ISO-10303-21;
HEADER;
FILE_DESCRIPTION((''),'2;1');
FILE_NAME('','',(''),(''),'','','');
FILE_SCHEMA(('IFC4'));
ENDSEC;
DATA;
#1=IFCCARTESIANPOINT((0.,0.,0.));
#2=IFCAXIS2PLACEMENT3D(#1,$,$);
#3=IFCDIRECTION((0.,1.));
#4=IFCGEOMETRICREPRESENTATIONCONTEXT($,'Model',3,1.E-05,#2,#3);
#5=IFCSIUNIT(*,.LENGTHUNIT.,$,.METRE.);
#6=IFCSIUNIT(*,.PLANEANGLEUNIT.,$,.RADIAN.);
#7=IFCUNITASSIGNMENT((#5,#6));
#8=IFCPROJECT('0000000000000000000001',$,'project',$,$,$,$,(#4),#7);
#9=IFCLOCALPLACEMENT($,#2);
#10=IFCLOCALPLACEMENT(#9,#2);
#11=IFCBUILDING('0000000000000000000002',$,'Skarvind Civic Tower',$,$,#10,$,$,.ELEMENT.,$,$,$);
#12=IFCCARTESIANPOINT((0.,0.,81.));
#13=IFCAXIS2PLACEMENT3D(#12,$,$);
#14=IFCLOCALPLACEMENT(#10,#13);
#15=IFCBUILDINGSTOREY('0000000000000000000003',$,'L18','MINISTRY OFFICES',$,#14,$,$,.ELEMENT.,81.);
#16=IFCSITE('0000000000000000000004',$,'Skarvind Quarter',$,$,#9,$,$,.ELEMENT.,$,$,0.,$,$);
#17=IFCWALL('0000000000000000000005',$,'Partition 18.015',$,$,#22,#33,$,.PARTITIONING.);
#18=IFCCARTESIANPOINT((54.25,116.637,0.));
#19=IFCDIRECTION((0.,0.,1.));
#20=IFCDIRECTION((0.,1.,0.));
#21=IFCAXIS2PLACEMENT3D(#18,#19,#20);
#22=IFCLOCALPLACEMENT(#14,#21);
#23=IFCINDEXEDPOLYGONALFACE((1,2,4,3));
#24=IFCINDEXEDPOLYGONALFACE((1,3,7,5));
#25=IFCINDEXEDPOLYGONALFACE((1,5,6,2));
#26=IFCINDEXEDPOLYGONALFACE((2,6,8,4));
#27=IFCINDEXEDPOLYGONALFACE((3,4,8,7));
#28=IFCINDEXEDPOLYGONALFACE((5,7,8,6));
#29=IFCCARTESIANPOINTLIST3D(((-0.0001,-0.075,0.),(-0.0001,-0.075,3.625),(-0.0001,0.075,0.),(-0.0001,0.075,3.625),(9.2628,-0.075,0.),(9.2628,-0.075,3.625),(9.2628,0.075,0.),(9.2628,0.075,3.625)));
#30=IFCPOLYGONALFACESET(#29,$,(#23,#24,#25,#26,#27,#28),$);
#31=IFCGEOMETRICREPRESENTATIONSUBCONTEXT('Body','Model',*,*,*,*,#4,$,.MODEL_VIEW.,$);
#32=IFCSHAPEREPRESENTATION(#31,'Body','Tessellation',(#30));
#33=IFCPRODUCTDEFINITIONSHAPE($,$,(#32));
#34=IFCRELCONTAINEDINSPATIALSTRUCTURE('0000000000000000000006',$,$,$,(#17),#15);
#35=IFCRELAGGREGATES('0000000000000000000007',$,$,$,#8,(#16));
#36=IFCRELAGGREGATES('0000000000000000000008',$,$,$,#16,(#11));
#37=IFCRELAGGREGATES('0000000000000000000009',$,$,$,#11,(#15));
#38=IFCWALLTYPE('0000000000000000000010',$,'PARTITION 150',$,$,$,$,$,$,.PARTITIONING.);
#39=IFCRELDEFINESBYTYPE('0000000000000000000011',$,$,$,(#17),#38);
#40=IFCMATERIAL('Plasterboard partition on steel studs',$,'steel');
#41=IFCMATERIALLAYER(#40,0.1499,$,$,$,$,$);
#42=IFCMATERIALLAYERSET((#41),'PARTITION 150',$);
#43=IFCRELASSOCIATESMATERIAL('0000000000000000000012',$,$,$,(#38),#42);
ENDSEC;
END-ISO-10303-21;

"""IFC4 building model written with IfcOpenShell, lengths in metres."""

from ifc_helpers import new_model, si_unit, direction, frame, frame_2d, origin, place, context, subcontext, project, spatial, rectangle, extrude, material, layer, layer_set, type_object, element, save


model = new_model("IFC4")

# Units and contexts
model_context = context("Model", 3, precision=1e-05, world=origin(), true_north=direction((0.0, 1.0)))
body_context = subcontext(model_context, "Body", "Model", "MODEL_VIEW")
ifc_project = project(units=[si_unit("LENGTHUNIT", "METRE"), si_unit("PLANEANGLEUNIT", "RADIAN")], contexts=[model_context])

# Site, building, storey
site_placement = place(None, origin())
site = spatial("IfcSite", under=ifc_project, at=site_placement, Name="Skarvind Quarter", CompositionType="ELEMENT", RefElevation=0.0)
building_placement = place(site_placement, origin())
building = spatial("IfcBuilding", under=site, at=building_placement, Name="Skarvind Civic Tower", CompositionType="ELEMENT")
storey_placement = place(building_placement, frame((0.0, 0.0, 81.0)))
storey = spatial("IfcBuildingStorey", under=building, at=storey_placement, Name="L18", Description="MINISTRY OFFICES", CompositionType="ELEMENT", Elevation=81.0)

# Wall
ifc_material_1 = material(Name="Plasterboard partition on steel studs", Category="steel")
ifc_layer_1 = layer(ifc_material_1, 0.1499)
ifc_layer_set_1 = layer_set([ifc_layer_1], Name="PARTITION 150")
wall_type_1 = type_object("IfcWallType", Name="PARTITION 150", PredefinedType="PARTITIONING", material=ifc_layer_set_1)
wall_1_placement = place(storey_placement, frame((54.25, 116.637, 0.0), z_axis=(0.0, 0.0, 1.0), x_axis=(0.0, 1.0, 0.0)))
element("IfcWall", 1, at=wall_1_placement, inside=storey, type_object=wall_type_1, Name="Partition 18.015", PredefinedType="PARTITIONING", context=body_context, shape_type="SweptSolid", body=[
    extrude(rectangle(XDim=9.2629, YDim=0.1499, at=frame_2d((4.6313, 0.0))), origin(), (0.0, 0.0, 1.0), 3.625),
])

save(model, "model.ifc")
